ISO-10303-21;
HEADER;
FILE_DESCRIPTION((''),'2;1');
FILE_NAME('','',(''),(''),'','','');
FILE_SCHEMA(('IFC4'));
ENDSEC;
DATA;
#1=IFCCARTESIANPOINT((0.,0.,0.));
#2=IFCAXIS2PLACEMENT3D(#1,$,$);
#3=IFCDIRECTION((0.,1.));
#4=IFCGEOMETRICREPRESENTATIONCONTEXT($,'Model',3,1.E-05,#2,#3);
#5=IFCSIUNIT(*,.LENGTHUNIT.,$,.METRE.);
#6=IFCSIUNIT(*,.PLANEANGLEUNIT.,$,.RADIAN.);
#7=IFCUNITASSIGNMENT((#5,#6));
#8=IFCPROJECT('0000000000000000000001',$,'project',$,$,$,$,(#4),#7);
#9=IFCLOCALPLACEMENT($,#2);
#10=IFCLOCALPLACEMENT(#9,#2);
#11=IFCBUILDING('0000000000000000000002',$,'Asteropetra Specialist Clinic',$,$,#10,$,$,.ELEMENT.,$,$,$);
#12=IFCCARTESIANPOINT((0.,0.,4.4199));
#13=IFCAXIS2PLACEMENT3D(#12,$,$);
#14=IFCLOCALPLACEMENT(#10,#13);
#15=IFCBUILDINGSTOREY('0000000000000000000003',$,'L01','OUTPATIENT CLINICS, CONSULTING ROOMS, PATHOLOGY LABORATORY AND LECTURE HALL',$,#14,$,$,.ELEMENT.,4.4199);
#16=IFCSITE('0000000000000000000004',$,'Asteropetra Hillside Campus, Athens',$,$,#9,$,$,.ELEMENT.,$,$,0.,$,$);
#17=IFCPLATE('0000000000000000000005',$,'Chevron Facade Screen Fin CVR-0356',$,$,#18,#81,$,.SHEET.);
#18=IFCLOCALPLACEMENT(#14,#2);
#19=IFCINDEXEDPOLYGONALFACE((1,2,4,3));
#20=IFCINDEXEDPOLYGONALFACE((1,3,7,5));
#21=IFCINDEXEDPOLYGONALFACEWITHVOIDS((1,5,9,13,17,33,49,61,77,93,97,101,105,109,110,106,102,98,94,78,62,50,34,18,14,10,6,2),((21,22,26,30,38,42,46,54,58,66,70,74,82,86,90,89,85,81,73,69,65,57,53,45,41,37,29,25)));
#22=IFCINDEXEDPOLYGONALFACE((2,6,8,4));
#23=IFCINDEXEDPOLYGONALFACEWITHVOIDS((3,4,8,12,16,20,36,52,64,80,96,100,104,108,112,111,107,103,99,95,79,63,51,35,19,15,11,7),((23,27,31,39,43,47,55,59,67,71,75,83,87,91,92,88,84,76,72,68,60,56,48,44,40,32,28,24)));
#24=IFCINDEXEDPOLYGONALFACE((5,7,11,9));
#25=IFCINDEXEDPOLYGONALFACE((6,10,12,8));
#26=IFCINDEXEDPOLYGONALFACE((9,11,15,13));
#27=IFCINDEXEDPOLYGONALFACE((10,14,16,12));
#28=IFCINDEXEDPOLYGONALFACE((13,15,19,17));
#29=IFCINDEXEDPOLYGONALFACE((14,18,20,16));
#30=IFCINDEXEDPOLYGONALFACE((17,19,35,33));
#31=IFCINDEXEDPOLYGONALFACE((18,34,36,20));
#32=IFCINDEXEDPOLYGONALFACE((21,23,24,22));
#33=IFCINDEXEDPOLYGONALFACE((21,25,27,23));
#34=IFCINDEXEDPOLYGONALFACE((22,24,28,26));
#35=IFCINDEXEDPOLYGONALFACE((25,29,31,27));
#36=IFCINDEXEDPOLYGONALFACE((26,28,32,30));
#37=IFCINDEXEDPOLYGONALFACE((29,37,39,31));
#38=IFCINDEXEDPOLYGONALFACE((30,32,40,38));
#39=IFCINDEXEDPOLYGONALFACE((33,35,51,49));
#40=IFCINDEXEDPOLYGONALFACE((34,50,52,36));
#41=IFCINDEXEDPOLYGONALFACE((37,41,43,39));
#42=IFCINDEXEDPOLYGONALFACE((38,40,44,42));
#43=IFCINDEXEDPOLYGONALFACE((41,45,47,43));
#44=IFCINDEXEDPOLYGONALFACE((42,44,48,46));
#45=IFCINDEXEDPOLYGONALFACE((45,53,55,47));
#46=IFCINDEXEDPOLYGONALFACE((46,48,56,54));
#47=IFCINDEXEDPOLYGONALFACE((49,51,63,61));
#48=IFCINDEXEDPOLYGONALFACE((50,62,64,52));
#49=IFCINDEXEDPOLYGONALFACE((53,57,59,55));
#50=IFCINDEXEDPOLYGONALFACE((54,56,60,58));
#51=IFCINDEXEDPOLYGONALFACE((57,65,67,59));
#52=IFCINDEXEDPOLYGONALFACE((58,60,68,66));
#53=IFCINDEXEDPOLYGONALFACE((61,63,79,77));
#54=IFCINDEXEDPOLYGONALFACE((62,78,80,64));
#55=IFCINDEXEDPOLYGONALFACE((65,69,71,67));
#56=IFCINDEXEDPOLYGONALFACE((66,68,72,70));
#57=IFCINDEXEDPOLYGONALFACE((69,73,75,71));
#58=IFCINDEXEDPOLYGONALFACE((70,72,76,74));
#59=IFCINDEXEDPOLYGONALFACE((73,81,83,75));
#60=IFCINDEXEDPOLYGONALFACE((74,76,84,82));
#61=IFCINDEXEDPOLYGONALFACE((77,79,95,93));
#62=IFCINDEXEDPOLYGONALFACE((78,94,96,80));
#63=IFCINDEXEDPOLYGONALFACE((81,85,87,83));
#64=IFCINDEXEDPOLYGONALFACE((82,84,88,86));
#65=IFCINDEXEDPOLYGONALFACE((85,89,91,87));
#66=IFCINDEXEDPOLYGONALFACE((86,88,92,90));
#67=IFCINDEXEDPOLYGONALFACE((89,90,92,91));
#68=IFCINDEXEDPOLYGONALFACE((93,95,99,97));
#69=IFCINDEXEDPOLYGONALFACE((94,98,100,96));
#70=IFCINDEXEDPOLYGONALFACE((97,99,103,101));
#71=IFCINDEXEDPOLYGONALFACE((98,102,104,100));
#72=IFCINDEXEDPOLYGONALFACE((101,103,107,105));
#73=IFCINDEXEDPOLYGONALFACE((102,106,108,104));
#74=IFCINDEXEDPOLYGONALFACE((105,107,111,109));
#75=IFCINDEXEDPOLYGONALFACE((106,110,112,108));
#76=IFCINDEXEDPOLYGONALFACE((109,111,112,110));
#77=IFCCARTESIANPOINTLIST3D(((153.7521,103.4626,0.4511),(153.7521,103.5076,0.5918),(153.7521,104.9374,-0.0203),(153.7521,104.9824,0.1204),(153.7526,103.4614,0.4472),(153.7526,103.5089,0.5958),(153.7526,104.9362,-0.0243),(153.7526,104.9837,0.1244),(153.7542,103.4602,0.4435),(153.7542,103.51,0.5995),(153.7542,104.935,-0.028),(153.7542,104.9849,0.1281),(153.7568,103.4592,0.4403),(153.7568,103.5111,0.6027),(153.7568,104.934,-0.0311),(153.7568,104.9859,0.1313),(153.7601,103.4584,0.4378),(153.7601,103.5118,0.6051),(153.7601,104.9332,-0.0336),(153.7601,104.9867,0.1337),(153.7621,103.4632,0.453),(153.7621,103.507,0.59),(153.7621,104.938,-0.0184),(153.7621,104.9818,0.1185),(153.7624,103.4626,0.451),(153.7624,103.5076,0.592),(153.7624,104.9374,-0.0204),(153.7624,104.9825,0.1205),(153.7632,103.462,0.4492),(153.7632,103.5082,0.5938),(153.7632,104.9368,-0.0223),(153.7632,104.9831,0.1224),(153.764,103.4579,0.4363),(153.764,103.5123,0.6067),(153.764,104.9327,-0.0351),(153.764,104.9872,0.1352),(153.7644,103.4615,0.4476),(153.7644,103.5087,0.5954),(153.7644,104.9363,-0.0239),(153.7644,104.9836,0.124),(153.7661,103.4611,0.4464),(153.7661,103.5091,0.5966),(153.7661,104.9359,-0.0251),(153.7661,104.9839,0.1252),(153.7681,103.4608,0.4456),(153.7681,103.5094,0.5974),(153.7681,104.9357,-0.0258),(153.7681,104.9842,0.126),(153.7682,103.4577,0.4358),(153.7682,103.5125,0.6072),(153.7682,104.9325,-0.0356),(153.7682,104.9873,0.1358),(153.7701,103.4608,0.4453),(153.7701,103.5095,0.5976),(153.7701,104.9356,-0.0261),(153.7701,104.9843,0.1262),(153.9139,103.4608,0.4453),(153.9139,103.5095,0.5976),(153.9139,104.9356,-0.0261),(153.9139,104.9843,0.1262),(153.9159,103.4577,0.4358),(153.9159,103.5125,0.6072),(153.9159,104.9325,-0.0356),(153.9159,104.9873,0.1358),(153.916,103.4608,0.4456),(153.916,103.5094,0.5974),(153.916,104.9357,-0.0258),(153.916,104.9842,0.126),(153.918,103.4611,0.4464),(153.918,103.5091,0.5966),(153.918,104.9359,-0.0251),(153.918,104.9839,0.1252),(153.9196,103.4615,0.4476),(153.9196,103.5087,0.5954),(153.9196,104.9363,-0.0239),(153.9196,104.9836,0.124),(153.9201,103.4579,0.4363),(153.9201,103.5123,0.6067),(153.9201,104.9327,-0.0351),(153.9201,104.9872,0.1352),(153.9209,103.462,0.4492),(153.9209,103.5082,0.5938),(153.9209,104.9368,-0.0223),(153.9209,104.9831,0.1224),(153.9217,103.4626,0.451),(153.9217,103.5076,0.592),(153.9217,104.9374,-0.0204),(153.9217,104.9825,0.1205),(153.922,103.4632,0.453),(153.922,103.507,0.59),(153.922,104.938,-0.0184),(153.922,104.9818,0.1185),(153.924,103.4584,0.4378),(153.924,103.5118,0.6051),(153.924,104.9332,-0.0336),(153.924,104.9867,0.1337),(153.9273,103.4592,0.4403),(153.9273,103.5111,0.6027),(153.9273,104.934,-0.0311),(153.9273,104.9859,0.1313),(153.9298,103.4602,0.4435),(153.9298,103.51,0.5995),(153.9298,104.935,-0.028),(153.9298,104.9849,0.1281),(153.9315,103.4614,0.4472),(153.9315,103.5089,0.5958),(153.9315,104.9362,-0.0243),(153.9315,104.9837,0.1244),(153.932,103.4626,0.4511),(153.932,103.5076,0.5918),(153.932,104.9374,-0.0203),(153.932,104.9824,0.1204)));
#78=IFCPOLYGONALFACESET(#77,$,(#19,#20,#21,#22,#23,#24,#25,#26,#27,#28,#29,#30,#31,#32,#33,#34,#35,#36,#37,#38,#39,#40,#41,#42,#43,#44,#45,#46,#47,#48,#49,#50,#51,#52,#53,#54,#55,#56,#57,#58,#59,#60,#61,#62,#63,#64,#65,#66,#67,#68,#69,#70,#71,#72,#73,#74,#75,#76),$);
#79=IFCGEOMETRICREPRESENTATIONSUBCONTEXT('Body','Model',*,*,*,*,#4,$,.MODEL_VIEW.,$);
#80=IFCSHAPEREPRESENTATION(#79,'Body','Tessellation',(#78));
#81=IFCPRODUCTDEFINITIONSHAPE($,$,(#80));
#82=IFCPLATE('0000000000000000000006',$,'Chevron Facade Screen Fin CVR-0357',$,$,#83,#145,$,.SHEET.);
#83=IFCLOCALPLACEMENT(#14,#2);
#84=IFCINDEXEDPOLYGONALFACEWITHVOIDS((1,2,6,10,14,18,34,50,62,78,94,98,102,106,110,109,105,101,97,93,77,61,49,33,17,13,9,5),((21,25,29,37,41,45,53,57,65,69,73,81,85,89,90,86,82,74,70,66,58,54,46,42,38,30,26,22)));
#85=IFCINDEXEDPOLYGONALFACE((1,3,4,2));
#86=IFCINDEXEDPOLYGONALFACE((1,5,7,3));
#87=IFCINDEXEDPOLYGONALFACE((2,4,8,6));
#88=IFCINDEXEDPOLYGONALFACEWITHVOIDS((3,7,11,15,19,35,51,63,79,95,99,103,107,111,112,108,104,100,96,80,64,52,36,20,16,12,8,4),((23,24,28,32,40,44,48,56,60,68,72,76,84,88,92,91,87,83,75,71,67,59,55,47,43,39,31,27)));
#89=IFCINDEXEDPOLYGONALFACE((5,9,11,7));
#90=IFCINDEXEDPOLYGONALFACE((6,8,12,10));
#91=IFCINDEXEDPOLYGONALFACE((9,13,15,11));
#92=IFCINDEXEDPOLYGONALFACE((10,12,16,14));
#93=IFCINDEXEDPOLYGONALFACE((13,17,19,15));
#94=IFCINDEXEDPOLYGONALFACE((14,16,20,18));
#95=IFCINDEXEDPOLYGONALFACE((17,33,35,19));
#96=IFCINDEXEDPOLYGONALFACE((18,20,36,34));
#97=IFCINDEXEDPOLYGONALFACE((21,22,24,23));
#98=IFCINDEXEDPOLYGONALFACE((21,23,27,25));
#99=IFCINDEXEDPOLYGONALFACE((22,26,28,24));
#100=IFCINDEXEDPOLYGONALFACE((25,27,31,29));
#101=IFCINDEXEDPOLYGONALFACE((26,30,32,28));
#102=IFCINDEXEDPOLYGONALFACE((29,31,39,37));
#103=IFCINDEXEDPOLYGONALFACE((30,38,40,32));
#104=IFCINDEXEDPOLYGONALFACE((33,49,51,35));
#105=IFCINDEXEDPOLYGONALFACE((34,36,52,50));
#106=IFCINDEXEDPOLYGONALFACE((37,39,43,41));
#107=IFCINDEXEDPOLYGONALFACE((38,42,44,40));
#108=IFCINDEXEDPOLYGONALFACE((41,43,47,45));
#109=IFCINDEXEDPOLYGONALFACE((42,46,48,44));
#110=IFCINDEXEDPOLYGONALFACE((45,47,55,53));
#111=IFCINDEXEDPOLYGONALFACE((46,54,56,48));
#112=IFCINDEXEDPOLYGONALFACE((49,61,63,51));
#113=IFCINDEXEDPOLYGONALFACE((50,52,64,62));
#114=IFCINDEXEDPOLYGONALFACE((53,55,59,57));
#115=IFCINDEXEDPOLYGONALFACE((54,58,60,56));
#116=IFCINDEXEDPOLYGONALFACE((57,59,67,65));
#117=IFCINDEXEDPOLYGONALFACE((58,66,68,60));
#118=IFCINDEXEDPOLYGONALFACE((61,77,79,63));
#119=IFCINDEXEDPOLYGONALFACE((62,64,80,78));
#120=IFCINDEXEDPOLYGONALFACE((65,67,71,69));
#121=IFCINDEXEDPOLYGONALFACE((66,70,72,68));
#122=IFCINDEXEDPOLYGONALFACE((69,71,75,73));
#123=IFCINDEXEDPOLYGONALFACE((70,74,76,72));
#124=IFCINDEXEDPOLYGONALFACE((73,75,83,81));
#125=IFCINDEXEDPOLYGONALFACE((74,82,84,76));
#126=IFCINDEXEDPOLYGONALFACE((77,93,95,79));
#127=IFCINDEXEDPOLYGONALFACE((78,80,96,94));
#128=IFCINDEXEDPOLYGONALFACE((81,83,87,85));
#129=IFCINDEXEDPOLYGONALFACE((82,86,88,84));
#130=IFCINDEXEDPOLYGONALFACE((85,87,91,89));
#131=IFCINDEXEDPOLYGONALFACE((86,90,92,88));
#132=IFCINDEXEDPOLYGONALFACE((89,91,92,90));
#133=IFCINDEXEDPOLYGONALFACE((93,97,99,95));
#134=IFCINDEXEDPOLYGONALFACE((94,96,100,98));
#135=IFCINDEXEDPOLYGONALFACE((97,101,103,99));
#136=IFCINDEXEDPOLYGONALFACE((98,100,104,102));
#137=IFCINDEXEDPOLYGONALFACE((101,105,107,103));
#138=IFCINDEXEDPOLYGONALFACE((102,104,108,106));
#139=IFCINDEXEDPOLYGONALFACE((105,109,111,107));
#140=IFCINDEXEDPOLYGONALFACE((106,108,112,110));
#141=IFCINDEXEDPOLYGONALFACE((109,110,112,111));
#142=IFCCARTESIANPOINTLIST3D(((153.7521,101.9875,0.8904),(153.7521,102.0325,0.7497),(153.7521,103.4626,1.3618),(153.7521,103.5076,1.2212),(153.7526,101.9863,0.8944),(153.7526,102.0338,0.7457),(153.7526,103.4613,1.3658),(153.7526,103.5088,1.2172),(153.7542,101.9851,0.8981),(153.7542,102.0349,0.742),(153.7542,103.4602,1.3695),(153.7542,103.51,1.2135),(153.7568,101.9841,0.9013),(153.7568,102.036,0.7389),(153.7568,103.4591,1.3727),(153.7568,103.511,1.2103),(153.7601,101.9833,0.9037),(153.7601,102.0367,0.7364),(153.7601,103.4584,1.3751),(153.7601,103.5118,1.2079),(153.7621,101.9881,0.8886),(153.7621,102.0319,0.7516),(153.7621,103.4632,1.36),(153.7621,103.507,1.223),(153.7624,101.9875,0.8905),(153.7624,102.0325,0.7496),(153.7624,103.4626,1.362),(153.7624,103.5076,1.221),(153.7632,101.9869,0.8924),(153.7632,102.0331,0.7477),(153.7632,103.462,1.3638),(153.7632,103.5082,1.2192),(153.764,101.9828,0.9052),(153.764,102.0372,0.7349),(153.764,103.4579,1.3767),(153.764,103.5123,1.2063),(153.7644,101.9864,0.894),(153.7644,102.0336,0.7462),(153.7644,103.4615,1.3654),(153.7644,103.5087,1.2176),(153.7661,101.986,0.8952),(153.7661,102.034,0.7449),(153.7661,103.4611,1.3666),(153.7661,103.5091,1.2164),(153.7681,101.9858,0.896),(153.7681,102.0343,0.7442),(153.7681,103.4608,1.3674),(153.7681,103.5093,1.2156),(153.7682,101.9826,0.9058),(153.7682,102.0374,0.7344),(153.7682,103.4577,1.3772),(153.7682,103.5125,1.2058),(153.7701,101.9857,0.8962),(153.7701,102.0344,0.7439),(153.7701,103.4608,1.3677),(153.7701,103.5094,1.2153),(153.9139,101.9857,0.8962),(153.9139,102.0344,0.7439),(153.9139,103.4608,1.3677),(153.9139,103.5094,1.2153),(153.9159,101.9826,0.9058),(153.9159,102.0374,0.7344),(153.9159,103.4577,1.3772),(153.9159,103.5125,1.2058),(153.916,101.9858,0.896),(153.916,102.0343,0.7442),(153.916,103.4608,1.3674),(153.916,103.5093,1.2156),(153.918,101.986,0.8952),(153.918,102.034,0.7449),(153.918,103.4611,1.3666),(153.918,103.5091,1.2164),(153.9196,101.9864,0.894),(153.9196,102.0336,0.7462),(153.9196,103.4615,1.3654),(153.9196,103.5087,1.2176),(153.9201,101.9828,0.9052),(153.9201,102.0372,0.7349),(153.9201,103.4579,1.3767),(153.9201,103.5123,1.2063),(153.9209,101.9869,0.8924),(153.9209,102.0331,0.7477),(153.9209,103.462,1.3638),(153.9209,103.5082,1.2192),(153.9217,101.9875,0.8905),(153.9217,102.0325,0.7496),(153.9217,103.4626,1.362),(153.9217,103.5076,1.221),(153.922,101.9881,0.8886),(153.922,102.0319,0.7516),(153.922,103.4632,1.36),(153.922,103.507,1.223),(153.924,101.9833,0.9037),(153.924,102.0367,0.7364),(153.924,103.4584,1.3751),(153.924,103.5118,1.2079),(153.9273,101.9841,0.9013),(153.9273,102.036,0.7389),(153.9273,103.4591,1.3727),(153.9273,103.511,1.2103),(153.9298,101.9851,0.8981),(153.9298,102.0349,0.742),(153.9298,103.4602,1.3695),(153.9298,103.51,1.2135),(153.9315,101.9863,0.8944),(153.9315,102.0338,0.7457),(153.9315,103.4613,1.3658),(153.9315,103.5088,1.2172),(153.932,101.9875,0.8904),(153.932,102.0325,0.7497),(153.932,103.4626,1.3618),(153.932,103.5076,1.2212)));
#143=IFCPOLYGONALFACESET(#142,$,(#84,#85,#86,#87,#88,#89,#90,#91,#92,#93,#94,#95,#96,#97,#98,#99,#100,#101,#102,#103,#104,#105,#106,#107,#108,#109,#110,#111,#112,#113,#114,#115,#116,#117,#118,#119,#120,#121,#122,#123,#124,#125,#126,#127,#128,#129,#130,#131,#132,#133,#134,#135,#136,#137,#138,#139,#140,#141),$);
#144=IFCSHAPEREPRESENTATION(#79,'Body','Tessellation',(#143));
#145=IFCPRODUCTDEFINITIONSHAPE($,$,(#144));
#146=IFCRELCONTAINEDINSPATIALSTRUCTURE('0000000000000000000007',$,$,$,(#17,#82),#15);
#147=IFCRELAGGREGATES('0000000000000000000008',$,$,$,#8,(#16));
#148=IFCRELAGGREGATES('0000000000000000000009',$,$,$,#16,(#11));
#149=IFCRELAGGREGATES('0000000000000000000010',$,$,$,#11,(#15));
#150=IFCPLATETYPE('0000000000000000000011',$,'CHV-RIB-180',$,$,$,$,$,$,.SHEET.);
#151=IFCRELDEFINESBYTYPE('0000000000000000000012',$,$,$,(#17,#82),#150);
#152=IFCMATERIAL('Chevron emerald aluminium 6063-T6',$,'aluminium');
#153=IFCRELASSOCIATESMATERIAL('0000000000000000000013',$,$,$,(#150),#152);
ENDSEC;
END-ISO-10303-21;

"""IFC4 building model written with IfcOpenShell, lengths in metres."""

from ifc_helpers import new_model, si_unit, direction, frame, origin, origin_2d, place, context, subcontext, project, spatial, hollow_rectangle, extrude, material, material_profile, profile_set, type_object, element, save


model = new_model("IFC4")

# Units and contexts
model_context = context("Model", 3, precision=1e-05, world=origin(), true_north=direction((0.0, 1.0)))
body_context = subcontext(model_context, "Body", "Model", "MODEL_VIEW")
ifc_project = project(units=[si_unit("LENGTHUNIT", "METRE"), si_unit("PLANEANGLEUNIT", "RADIAN")], contexts=[model_context])

# Site, building, storey
site_placement = place(None, origin())
site = spatial("IfcSite", under=ifc_project, at=site_placement, Name="Asteropetra Hillside Campus, Athens", CompositionType="ELEMENT", RefElevation=0.0)
building_placement = place(site_placement, origin())
building = spatial("IfcBuilding", under=site, at=building_placement, Name="Asteropetra Specialist Clinic", CompositionType="ELEMENT")
storey_placement = place(building_placement, frame((0.0, 0.0, 4.4199)))
storey = spatial("IfcBuildingStorey", under=building, at=storey_placement, Name="L01", Description="OUTPATIENT CLINICS, CONSULTING ROOMS, PATHOLOGY LABORATORY AND LECTURE HALL", CompositionType="ELEMENT", Elevation=4.4199)

# Plates
ifc_material_1 = material(Name="Chevron emerald aluminium 6063-T6", Category="aluminium")
ifc_material_profile_1 = material_profile(ifc_material_1, hollow_rectangle(XDim=0.1799, YDim=0.1799, WallThickness=0.01, InnerFilletRadius=0.0081, OuterFilletRadius=0.0161, at=origin_2d()), Name="SHS 180x180x10.0")
ifc_profile_set_1 = profile_set([ifc_material_profile_1], Name="Chevron emerald aluminium 6063-T6")
plate_type = type_object("IfcPlateType", Name="CHV-RIB-180", PredefinedType="SHEET", material=ifc_profile_set_1)
plate_1_placement = place(storey_placement, frame((153.842, 103.4851, 0.5215), z_axis=(0.0, 0.952521, -0.304472), x_axis=(-1.0, 0.0, 0.0)))
element("IfcPlate", 1, at=plate_1_placement, inside=storey, type_object=plate_type, Name="Chevron Facade Screen Fin CVR-0356", PredefinedType="SHEET", context=body_context, shape_type="SweptSolid", body=[
    extrude(hollow_rectangle(XDim=0.1799, YDim=0.1799, WallThickness=0.01, InnerFilletRadius=0.0081, OuterFilletRadius=0.0161, at=origin_2d()), origin(), (0.0, 0.0, 1.0), 1.5483),
])
plate_2_placement = place(storey_placement, frame((153.842, 102.01, 0.8201), z_axis=(0.0, 0.952536, 0.304427), x_axis=(-1.0, 0.0, 0.0)))
element("IfcPlate", 2, at=plate_2_placement, inside=storey, type_object=plate_type, Name="Chevron Facade Screen Fin CVR-0357", PredefinedType="SHEET", context=body_context, shape_type="SweptSolid", body=[
    extrude(hollow_rectangle(XDim=0.1799, YDim=0.1799, WallThickness=0.01, InnerFilletRadius=0.0081, OuterFilletRadius=0.0161, at=origin_2d()), origin(), (0.0, 0.0, 1.0), 1.5486),
])

save(model, "model.ifc")
